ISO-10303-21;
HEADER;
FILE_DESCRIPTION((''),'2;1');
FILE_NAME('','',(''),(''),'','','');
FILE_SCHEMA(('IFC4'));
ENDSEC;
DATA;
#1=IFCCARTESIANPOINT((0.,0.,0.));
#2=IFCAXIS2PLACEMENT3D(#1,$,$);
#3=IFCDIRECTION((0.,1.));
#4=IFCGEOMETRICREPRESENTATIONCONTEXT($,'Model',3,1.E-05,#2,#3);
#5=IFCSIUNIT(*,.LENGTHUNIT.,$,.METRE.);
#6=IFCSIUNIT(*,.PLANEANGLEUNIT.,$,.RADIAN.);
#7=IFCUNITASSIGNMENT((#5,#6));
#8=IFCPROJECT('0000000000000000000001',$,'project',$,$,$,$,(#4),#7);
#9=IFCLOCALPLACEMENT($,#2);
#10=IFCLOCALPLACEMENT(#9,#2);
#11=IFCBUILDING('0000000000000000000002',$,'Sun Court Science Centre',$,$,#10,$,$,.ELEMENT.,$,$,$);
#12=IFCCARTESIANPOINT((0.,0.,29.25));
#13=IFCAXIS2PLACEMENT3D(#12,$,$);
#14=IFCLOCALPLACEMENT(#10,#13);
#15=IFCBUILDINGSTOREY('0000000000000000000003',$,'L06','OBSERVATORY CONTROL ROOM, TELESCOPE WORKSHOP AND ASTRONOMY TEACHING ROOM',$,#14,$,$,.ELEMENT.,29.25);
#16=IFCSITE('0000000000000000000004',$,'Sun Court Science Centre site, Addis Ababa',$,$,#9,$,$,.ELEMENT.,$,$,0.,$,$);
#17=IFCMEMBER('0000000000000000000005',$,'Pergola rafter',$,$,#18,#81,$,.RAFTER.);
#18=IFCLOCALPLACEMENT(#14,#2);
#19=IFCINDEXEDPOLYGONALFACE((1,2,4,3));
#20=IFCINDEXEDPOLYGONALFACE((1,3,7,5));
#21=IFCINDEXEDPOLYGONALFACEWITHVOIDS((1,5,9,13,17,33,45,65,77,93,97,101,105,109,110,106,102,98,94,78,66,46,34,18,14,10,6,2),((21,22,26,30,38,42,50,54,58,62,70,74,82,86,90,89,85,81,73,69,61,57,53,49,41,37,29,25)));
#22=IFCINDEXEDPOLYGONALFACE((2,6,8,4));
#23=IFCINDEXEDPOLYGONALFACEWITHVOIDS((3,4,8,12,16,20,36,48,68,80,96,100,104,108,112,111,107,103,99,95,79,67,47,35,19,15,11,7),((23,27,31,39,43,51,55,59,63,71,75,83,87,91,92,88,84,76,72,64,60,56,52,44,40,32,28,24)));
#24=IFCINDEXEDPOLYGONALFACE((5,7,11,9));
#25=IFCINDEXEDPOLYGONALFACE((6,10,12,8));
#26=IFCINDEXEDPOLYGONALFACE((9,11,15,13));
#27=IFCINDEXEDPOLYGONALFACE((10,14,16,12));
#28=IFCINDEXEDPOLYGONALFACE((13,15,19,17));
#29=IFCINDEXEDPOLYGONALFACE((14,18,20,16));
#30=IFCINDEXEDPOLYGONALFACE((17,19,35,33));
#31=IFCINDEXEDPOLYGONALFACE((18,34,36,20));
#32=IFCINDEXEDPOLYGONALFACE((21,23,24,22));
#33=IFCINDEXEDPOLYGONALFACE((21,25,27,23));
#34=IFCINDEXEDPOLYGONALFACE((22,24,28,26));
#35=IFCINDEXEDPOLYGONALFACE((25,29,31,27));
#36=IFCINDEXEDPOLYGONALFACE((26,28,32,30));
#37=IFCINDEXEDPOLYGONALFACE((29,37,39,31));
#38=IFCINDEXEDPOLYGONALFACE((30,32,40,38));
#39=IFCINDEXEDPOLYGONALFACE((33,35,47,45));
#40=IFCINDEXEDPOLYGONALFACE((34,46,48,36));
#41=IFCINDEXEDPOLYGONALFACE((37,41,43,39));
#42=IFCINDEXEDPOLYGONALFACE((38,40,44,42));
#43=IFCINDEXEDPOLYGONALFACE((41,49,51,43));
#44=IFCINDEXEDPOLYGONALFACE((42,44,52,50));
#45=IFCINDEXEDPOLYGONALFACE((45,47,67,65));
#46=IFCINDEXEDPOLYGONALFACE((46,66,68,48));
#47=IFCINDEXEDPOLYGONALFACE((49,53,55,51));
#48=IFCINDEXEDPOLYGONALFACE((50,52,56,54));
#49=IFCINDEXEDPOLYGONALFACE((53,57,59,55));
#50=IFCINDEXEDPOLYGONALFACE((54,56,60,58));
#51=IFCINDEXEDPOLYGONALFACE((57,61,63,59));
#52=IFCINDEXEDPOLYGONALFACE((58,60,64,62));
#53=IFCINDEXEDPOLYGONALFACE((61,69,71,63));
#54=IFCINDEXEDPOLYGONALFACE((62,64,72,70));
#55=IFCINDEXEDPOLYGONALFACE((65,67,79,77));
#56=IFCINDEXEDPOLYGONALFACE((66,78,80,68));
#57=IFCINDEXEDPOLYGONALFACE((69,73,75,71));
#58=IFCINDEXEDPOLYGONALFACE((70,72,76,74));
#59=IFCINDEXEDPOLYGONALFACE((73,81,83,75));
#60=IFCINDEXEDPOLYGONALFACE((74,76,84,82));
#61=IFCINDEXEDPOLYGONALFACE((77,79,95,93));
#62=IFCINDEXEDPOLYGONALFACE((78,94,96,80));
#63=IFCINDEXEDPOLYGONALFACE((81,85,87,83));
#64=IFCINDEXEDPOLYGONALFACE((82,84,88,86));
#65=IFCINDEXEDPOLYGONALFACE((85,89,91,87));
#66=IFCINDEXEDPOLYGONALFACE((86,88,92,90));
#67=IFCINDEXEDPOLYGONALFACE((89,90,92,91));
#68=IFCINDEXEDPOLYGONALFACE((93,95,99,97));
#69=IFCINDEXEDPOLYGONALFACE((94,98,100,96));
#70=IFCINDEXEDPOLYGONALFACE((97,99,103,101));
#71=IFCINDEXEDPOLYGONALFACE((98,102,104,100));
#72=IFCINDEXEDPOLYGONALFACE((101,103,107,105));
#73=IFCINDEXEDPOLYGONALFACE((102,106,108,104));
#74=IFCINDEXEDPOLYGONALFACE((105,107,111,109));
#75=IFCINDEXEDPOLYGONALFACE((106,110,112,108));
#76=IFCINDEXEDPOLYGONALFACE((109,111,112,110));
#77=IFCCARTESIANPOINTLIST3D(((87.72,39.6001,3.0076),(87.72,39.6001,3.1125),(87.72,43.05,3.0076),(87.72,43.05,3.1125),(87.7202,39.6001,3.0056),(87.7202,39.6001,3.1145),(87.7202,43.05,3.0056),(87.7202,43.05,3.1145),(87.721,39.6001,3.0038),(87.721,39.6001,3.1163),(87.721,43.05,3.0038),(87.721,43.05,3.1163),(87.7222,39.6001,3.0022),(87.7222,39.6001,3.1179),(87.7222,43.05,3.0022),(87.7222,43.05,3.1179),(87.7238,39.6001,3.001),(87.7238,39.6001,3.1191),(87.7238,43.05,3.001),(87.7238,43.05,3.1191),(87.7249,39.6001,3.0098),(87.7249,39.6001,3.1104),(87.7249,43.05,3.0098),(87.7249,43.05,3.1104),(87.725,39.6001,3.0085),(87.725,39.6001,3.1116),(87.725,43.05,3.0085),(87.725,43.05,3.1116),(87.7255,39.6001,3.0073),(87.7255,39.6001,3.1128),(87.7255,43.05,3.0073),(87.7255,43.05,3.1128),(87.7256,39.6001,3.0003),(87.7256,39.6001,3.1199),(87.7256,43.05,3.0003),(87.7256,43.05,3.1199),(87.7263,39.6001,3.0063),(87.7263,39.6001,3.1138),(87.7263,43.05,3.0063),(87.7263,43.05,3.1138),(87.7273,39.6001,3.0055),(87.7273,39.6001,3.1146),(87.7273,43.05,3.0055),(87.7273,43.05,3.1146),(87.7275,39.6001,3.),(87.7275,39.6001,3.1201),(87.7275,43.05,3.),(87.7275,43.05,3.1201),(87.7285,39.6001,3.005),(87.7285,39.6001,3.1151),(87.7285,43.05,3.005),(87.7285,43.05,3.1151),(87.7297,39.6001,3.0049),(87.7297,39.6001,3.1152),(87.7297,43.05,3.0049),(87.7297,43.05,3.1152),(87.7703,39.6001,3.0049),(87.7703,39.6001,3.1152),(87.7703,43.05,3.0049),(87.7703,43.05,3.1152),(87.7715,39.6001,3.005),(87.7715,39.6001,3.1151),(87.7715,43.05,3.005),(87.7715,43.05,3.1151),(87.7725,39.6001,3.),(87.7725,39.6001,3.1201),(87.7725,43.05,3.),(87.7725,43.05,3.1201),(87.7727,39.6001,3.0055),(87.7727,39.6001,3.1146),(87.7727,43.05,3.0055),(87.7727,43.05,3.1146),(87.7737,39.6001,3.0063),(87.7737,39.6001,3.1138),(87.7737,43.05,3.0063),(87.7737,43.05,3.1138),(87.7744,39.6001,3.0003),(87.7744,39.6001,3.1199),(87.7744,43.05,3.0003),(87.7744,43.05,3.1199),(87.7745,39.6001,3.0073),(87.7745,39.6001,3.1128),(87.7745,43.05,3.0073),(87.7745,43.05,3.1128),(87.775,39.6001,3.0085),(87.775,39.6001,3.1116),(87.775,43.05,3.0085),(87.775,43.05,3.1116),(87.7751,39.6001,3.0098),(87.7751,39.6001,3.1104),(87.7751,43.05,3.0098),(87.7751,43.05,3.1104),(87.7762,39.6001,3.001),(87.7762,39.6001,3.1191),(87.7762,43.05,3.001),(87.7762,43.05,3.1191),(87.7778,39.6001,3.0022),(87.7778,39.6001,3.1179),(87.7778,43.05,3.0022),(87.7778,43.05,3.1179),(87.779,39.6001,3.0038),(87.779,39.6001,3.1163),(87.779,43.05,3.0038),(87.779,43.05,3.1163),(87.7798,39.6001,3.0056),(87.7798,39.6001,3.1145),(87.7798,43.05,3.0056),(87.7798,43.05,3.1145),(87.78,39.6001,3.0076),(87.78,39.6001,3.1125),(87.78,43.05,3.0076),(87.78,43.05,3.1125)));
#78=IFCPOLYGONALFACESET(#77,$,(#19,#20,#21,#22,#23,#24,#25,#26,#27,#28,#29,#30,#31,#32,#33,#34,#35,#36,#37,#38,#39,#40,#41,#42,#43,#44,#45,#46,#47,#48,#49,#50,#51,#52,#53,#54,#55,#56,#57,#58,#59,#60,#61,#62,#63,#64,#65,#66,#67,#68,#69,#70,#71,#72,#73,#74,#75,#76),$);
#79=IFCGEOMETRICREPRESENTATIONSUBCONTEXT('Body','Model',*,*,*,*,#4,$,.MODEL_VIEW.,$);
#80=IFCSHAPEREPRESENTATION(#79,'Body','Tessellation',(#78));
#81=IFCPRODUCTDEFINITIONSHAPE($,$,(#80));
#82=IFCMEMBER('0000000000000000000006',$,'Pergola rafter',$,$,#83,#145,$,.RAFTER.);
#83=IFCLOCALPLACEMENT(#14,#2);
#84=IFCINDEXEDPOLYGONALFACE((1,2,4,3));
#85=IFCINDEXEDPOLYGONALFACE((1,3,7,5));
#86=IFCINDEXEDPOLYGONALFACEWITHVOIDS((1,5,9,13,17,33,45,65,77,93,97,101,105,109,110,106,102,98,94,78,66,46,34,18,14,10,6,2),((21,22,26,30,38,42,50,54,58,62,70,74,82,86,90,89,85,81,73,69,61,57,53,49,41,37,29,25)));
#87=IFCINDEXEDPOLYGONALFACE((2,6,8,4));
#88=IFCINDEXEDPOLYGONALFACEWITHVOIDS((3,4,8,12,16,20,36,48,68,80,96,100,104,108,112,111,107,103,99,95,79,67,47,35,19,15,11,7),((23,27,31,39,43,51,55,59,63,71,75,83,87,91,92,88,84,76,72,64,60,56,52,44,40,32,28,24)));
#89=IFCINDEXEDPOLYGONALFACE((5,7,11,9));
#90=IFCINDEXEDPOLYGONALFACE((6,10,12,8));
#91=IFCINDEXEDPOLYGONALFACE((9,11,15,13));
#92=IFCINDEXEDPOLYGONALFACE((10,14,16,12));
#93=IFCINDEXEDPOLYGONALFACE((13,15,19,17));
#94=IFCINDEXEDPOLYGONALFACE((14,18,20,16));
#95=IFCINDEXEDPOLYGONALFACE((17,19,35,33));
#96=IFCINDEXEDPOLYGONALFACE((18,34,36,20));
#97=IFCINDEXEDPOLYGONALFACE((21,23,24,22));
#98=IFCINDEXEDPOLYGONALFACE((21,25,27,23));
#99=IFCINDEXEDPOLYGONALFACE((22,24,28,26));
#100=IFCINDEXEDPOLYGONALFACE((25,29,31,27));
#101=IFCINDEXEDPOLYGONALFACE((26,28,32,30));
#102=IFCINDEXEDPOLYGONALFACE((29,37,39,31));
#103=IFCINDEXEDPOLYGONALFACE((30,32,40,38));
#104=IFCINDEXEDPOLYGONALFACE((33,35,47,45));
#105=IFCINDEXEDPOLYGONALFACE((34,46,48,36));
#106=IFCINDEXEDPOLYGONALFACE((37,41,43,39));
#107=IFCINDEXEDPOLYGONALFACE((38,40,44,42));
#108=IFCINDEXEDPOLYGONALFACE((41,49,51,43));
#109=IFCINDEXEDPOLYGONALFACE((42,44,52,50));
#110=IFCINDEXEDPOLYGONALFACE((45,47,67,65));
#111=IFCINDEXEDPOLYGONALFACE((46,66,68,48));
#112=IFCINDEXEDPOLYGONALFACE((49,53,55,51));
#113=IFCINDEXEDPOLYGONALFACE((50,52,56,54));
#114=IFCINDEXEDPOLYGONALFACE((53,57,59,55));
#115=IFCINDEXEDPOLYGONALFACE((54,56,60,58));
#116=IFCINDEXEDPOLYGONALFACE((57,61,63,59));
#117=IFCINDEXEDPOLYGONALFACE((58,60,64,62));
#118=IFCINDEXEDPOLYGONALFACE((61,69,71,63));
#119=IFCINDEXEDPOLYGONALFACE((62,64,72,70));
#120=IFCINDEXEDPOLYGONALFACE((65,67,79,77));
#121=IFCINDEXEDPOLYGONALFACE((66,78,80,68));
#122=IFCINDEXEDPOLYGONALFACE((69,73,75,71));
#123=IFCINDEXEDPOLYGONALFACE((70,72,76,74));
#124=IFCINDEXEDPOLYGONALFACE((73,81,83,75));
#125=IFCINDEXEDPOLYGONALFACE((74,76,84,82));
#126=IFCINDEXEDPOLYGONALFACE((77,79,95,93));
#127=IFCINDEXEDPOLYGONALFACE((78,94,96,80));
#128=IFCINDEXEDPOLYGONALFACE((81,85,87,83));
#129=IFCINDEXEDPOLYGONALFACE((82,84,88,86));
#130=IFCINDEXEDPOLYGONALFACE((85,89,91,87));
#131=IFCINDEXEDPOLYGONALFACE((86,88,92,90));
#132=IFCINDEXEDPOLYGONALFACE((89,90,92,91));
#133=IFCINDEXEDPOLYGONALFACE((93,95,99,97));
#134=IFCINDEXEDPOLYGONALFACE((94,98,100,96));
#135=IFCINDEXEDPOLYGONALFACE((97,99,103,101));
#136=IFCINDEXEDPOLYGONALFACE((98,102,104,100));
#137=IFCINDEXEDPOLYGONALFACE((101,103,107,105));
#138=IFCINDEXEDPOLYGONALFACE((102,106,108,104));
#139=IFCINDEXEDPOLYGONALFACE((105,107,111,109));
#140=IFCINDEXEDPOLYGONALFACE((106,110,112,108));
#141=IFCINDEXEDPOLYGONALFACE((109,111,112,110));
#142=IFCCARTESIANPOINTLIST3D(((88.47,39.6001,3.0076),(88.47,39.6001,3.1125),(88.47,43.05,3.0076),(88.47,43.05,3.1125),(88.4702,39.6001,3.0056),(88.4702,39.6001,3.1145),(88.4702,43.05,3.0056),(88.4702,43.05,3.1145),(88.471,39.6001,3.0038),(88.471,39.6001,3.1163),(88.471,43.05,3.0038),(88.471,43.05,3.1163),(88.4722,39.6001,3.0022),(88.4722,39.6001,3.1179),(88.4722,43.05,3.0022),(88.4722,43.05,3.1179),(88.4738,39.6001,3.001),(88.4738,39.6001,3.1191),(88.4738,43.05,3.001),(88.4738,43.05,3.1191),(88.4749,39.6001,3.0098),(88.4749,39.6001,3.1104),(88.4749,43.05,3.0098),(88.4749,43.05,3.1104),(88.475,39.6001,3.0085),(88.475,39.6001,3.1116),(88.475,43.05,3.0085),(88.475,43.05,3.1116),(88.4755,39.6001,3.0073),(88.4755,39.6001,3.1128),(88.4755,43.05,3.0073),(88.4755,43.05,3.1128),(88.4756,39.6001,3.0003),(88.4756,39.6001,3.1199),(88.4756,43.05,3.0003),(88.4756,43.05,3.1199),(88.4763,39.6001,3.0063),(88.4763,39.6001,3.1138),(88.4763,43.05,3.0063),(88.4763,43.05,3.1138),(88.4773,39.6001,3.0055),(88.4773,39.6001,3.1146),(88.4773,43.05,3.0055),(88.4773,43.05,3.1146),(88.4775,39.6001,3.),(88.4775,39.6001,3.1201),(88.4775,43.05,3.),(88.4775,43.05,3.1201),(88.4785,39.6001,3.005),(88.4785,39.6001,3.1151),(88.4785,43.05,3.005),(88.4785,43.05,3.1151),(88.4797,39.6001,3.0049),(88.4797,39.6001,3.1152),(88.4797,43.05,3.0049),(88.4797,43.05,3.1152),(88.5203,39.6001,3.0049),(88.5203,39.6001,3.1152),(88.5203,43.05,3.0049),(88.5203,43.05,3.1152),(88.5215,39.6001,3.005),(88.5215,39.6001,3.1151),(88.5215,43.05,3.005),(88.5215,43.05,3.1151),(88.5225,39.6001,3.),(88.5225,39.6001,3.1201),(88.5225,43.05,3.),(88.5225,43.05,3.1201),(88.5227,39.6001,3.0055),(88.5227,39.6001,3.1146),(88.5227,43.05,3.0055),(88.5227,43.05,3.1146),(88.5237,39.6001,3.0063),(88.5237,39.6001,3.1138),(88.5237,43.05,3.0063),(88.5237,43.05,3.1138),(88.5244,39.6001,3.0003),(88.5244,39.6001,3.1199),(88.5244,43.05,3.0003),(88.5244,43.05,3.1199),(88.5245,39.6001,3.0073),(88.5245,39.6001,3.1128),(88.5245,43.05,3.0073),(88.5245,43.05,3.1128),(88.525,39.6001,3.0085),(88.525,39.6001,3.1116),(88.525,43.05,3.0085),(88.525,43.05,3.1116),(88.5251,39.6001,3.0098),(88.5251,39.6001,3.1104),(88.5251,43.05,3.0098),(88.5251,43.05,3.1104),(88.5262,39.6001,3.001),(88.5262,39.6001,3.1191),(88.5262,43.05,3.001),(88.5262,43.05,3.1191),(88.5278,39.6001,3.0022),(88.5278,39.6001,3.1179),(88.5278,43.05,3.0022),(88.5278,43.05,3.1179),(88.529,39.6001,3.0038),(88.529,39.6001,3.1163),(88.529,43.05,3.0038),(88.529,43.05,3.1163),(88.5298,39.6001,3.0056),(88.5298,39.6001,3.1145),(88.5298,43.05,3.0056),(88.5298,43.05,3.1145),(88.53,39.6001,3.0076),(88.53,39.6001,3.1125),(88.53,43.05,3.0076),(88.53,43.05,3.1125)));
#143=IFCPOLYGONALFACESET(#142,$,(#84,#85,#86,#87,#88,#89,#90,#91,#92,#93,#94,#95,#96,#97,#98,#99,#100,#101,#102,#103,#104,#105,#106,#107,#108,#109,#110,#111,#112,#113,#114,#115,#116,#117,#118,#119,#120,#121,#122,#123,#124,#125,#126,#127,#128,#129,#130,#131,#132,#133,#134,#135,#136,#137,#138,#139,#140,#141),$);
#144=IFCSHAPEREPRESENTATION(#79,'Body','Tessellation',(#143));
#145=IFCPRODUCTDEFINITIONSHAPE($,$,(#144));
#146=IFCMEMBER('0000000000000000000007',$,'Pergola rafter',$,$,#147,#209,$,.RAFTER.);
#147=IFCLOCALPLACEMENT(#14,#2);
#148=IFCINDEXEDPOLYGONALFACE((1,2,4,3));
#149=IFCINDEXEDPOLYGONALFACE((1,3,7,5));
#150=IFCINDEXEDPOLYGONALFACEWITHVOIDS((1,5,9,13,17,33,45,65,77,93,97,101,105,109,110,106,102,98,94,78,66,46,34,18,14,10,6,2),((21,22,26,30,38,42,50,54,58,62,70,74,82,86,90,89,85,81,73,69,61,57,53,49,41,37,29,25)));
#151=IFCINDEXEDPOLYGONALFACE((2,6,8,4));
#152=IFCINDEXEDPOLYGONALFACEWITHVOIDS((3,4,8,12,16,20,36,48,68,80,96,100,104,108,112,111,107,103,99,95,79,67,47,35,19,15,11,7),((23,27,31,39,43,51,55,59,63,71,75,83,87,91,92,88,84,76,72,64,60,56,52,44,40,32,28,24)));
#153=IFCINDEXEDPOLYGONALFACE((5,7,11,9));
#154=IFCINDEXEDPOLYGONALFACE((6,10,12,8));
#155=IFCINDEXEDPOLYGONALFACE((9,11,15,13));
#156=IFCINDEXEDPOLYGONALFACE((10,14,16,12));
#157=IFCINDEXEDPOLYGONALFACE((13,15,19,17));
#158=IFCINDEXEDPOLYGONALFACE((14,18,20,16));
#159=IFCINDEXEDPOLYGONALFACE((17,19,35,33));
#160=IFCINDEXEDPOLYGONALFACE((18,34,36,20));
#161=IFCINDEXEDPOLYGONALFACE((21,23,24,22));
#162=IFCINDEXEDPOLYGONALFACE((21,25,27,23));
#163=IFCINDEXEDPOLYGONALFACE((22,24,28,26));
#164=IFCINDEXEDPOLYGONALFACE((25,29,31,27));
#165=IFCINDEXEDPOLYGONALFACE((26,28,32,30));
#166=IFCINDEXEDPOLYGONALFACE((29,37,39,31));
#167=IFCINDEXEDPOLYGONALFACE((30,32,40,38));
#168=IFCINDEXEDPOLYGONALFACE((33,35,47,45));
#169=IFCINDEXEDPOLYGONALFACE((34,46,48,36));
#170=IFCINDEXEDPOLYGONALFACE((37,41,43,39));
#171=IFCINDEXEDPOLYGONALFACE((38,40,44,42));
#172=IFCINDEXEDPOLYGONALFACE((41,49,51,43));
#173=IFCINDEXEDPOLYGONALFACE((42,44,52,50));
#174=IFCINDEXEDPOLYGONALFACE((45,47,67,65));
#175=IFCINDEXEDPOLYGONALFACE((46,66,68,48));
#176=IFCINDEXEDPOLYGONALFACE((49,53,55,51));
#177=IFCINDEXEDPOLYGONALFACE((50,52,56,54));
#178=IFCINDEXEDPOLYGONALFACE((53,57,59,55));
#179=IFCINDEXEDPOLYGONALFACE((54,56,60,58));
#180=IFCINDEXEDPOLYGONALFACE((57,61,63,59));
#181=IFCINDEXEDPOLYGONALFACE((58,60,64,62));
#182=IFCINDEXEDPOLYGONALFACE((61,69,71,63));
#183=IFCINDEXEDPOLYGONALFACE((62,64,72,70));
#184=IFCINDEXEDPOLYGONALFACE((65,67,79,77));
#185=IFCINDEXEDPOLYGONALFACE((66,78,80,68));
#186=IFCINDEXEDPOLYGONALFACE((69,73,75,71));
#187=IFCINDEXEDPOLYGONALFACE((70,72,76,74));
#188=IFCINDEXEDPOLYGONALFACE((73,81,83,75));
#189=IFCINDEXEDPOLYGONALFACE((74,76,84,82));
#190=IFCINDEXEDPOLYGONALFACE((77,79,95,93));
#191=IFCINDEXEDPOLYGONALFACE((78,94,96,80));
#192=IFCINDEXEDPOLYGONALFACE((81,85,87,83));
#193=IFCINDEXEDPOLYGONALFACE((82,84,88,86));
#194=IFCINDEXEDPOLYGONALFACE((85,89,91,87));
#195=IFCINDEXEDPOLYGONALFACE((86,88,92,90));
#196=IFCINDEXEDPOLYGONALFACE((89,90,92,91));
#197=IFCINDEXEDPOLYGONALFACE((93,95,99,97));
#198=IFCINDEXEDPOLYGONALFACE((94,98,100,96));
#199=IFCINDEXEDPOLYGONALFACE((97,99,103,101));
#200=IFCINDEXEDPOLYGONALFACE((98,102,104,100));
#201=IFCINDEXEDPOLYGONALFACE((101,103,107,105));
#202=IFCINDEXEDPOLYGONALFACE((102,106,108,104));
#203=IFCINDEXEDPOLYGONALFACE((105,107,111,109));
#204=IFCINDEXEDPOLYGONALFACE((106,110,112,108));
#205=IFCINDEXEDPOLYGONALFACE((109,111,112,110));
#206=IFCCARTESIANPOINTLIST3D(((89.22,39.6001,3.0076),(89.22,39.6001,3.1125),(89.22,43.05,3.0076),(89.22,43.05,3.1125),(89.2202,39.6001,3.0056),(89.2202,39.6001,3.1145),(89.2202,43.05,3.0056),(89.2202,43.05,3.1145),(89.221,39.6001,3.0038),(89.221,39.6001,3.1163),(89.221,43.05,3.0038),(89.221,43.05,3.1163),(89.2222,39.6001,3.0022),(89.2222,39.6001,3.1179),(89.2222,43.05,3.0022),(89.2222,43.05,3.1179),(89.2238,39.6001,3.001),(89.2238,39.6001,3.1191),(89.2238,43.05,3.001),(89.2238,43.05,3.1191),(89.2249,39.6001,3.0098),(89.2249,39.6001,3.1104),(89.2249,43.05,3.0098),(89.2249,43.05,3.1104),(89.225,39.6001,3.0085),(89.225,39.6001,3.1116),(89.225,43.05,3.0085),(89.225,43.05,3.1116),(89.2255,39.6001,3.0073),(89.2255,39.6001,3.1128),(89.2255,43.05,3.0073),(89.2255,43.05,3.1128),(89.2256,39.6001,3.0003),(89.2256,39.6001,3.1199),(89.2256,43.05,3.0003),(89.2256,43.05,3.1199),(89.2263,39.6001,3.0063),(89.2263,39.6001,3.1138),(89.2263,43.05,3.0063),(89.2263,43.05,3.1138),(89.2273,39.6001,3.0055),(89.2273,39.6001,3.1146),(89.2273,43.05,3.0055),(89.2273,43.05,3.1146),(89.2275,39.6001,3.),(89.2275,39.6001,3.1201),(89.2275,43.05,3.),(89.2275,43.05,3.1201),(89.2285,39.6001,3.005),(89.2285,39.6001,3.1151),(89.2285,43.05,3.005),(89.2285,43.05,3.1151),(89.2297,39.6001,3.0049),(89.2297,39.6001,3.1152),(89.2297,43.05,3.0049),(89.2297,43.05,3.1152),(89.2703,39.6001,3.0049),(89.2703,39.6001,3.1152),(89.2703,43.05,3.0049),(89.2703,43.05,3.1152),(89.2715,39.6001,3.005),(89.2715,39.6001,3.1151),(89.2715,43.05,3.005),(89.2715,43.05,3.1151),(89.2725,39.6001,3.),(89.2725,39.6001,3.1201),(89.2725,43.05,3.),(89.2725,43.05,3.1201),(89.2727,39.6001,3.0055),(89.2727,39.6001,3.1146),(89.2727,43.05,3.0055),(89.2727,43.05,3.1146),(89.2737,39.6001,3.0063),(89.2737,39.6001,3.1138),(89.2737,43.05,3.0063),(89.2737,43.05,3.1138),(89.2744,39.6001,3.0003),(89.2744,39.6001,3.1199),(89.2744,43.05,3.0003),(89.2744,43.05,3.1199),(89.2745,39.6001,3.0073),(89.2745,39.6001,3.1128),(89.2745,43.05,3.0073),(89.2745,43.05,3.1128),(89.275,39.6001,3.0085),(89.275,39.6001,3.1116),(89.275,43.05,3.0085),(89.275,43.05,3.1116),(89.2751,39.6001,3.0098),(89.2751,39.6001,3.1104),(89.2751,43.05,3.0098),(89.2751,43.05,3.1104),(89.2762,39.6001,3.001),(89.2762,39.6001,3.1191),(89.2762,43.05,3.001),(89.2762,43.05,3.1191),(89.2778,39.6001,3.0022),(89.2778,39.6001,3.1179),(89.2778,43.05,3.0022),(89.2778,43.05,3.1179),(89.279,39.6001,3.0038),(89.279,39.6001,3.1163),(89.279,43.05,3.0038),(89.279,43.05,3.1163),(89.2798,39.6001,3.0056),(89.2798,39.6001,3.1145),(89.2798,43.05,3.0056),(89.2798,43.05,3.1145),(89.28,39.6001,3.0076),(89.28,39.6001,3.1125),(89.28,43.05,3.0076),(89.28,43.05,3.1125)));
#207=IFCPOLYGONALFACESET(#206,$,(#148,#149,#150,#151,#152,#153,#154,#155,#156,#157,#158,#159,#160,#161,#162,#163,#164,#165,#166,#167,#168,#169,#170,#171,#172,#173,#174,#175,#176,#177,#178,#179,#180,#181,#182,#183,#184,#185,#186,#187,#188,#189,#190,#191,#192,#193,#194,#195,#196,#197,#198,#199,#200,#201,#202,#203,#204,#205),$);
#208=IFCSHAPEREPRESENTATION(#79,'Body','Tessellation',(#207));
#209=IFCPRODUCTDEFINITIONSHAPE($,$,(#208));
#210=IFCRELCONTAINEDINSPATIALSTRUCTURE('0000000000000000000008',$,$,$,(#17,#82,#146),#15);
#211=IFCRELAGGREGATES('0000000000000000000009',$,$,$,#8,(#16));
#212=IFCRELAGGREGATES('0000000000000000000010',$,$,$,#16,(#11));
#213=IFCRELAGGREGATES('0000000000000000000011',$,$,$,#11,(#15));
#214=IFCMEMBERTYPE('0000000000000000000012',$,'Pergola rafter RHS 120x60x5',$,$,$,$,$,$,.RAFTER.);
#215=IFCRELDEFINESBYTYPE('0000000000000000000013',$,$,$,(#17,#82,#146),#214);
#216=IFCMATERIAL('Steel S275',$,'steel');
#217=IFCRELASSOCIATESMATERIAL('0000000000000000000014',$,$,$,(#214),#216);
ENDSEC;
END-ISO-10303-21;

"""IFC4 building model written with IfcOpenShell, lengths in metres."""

from ifc_helpers import new_model, si_unit, direction, frame, origin, origin_2d, place, context, subcontext, project, spatial, hollow_rectangle, extrude, material, material_profile, profile_set, type_object, element, save


model = new_model("IFC4")

# Units and contexts
model_context = context("Model", 3, precision=1e-05, world=origin(), true_north=direction((0.0, 1.0)))
body_context = subcontext(model_context, "Body", "Model", "MODEL_VIEW")
ifc_project = project(units=[si_unit("LENGTHUNIT", "METRE"), si_unit("PLANEANGLEUNIT", "RADIAN")], contexts=[model_context])

# Site, building, storey
site_placement = place(None, origin())
site = spatial("IfcSite", under=ifc_project, at=site_placement, Name="Sun Court Science Centre site, Addis Ababa", CompositionType="ELEMENT", RefElevation=0.0)
building_placement = place(site_placement, origin())
building = spatial("IfcBuilding", under=site, at=building_placement, Name="Sun Court Science Centre", CompositionType="ELEMENT")
storey_placement = place(building_placement, frame((0.0, 0.0, 29.25)))
storey = spatial("IfcBuildingStorey", under=building, at=storey_placement, Name="L06", Description="OBSERVATORY CONTROL ROOM, TELESCOPE WORKSHOP AND ASTRONOMY TEACHING ROOM", CompositionType="ELEMENT", Elevation=29.25)

# Members
ifc_material_1 = material(Name="Steel S275", Category="steel")
ifc_material_profile_1 = material_profile(ifc_material_1, hollow_rectangle(XDim=0.0601, YDim=0.1201, WallThickness=0.0049, InnerFilletRadius=0.0049, OuterFilletRadius=0.0076, at=origin_2d()), Name="RHS 120x60x5")
ifc_profile_set_1 = profile_set([ifc_material_profile_1], Name="Steel S275")
member_type_1 = type_object("IfcMemberType", Name="Pergola rafter RHS 120x60x5", PredefinedType="RAFTER", material=ifc_profile_set_1)
for number, where, z_axis, x_axis, name in (
    (1, (87.75, 39.6001, 3.0601), (0.0, 1.0, 0.0), (-1.0, 0.0, 0.0), "Pergola rafter"),
    (2, (88.5, 39.6001, 3.0601), (0.0, 1.0, 0.0), (-1.0, 0.0, 0.0), "Pergola rafter"),
    (3, (89.25, 39.6001, 3.0601), (0.0, 1.0, 0.0), (-1.0, 0.0, 0.0), "Pergola rafter"),
):
    element("IfcMember", number, at=place(storey_placement, frame(where, z_axis=z_axis, x_axis=x_axis)), inside=storey, type_object=member_type_1, Name=name, PredefinedType="RAFTER", context=body_context, shape_type="SweptSolid", body=[
        extrude(hollow_rectangle(XDim=0.0601, YDim=0.1201, WallThickness=0.0049, InnerFilletRadius=0.0049, OuterFilletRadius=0.0076, at=origin_2d()), origin(), (0.0, 0.0, 1.0), 3.45),
    ])

save(model, "model.ifc")
